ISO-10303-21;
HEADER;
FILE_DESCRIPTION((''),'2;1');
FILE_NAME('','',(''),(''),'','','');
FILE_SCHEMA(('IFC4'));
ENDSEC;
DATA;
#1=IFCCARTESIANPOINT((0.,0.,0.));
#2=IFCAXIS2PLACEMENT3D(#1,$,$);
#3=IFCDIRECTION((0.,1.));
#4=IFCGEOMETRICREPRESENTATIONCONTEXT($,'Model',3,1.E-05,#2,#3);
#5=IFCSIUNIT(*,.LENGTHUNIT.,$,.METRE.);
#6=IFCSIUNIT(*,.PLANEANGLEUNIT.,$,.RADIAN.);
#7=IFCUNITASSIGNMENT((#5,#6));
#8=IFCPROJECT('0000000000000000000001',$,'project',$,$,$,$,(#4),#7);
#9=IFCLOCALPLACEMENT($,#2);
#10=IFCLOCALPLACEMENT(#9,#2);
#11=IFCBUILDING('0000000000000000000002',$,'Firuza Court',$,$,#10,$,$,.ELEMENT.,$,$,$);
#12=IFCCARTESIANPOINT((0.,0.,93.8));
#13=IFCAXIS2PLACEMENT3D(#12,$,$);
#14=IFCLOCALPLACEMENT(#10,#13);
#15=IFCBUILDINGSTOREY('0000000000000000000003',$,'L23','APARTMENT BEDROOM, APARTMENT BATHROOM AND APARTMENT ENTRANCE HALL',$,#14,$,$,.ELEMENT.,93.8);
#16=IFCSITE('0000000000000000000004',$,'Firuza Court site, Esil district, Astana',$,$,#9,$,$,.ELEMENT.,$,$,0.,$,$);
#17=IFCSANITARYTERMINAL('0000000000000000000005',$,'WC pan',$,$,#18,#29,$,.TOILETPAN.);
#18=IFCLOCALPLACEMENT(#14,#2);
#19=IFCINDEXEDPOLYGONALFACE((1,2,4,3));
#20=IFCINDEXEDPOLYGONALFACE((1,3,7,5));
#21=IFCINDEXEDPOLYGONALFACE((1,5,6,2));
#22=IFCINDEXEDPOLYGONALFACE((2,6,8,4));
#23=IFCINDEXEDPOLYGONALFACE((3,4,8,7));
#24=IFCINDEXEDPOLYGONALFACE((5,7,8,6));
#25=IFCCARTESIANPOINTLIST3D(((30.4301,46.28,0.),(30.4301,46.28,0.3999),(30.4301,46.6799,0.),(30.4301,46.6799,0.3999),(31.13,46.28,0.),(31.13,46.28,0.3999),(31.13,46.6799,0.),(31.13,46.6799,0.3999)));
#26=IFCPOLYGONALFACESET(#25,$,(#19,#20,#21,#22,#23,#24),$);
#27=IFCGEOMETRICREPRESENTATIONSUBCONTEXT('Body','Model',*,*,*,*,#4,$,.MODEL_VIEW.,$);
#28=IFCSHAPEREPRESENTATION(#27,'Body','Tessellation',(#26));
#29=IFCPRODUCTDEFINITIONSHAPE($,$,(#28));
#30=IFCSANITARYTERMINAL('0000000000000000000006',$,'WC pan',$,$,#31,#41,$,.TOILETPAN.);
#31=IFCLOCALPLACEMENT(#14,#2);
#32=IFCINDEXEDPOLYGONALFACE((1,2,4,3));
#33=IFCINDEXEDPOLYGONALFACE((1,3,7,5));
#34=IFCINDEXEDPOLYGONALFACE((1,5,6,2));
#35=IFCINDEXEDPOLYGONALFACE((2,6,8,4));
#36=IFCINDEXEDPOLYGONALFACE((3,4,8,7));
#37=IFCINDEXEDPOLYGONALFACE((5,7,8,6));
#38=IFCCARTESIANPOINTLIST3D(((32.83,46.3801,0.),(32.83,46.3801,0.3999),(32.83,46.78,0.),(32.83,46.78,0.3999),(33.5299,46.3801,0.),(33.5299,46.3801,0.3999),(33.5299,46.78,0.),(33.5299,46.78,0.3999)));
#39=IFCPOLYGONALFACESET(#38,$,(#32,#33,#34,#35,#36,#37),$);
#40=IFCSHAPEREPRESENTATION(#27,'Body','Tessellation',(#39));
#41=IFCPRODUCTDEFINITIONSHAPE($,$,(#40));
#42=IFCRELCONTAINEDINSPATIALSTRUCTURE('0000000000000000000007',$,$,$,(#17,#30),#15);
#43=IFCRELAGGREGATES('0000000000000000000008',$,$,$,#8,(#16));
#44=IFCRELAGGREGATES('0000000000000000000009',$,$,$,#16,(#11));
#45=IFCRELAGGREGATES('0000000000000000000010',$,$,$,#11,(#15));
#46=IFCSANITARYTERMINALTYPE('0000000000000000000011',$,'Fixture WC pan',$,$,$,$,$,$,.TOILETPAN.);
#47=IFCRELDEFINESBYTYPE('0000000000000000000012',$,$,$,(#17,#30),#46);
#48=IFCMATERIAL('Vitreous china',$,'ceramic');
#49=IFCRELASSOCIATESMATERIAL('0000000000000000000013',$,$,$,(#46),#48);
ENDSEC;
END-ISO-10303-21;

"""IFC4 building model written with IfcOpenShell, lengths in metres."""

from ifc_helpers import new_model, si_unit, direction, frame, origin, origin_2d, place, context, subcontext, project, spatial, rectangle, extrude, material, type_object, element, save


model = new_model("IFC4")

# Units and contexts
model_context = context("Model", 3, precision=1e-05, world=origin(), true_north=direction((0.0, 1.0)))
body_context = subcontext(model_context, "Body", "Model", "MODEL_VIEW")
ifc_project = project(units=[si_unit("LENGTHUNIT", "METRE"), si_unit("PLANEANGLEUNIT", "RADIAN")], contexts=[model_context])

# Site, building, storey
site_placement = place(None, origin())
site = spatial("IfcSite", under=ifc_project, at=site_placement, Name="Firuza Court site, Esil district, Astana", CompositionType="ELEMENT", RefElevation=0.0)
building_placement = place(site_placement, origin())
building = spatial("IfcBuilding", under=site, at=building_placement, Name="Firuza Court", CompositionType="ELEMENT")
storey_placement = place(building_placement, frame((0.0, 0.0, 93.8)))
storey = spatial("IfcBuildingStorey", under=building, at=storey_placement, Name="L23", Description="APARTMENT BEDROOM, APARTMENT BATHROOM AND APARTMENT ENTRANCE HALL", CompositionType="ELEMENT", Elevation=93.8)

# Sanitary terminals
ifc_material_1 = material(Name="Vitreous china", Category="ceramic")
sanitary_terminal_type_1 = type_object("IfcSanitaryTerminalType", Name="Fixture WC pan", PredefinedType="TOILETPAN", material=ifc_material_1)
for number, where, z_axis, x_axis, name in (
    (1, (30.78, 46.48, 0.0), (0.0, 0.0, 1.0), (1.0, 0.0, 0.0), "WC pan"),
    (2, (33.1799, 46.5801, 0.0), (0.0, 0.0, 1.0), (1.0, 0.0, 0.0), "WC pan"),
):
    element("IfcSanitaryTerminal", number, at=place(storey_placement, frame(where, z_axis=z_axis, x_axis=x_axis)), inside=storey, type_object=sanitary_terminal_type_1, Name=name, PredefinedType="TOILETPAN", context=body_context, shape_type="SweptSolid", body=[
        extrude(rectangle(XDim=0.7, YDim=0.3999, at=origin_2d()), origin(), (0.0, 0.0, 1.0), 0.3999),
    ])

save(model, "model.ifc")
